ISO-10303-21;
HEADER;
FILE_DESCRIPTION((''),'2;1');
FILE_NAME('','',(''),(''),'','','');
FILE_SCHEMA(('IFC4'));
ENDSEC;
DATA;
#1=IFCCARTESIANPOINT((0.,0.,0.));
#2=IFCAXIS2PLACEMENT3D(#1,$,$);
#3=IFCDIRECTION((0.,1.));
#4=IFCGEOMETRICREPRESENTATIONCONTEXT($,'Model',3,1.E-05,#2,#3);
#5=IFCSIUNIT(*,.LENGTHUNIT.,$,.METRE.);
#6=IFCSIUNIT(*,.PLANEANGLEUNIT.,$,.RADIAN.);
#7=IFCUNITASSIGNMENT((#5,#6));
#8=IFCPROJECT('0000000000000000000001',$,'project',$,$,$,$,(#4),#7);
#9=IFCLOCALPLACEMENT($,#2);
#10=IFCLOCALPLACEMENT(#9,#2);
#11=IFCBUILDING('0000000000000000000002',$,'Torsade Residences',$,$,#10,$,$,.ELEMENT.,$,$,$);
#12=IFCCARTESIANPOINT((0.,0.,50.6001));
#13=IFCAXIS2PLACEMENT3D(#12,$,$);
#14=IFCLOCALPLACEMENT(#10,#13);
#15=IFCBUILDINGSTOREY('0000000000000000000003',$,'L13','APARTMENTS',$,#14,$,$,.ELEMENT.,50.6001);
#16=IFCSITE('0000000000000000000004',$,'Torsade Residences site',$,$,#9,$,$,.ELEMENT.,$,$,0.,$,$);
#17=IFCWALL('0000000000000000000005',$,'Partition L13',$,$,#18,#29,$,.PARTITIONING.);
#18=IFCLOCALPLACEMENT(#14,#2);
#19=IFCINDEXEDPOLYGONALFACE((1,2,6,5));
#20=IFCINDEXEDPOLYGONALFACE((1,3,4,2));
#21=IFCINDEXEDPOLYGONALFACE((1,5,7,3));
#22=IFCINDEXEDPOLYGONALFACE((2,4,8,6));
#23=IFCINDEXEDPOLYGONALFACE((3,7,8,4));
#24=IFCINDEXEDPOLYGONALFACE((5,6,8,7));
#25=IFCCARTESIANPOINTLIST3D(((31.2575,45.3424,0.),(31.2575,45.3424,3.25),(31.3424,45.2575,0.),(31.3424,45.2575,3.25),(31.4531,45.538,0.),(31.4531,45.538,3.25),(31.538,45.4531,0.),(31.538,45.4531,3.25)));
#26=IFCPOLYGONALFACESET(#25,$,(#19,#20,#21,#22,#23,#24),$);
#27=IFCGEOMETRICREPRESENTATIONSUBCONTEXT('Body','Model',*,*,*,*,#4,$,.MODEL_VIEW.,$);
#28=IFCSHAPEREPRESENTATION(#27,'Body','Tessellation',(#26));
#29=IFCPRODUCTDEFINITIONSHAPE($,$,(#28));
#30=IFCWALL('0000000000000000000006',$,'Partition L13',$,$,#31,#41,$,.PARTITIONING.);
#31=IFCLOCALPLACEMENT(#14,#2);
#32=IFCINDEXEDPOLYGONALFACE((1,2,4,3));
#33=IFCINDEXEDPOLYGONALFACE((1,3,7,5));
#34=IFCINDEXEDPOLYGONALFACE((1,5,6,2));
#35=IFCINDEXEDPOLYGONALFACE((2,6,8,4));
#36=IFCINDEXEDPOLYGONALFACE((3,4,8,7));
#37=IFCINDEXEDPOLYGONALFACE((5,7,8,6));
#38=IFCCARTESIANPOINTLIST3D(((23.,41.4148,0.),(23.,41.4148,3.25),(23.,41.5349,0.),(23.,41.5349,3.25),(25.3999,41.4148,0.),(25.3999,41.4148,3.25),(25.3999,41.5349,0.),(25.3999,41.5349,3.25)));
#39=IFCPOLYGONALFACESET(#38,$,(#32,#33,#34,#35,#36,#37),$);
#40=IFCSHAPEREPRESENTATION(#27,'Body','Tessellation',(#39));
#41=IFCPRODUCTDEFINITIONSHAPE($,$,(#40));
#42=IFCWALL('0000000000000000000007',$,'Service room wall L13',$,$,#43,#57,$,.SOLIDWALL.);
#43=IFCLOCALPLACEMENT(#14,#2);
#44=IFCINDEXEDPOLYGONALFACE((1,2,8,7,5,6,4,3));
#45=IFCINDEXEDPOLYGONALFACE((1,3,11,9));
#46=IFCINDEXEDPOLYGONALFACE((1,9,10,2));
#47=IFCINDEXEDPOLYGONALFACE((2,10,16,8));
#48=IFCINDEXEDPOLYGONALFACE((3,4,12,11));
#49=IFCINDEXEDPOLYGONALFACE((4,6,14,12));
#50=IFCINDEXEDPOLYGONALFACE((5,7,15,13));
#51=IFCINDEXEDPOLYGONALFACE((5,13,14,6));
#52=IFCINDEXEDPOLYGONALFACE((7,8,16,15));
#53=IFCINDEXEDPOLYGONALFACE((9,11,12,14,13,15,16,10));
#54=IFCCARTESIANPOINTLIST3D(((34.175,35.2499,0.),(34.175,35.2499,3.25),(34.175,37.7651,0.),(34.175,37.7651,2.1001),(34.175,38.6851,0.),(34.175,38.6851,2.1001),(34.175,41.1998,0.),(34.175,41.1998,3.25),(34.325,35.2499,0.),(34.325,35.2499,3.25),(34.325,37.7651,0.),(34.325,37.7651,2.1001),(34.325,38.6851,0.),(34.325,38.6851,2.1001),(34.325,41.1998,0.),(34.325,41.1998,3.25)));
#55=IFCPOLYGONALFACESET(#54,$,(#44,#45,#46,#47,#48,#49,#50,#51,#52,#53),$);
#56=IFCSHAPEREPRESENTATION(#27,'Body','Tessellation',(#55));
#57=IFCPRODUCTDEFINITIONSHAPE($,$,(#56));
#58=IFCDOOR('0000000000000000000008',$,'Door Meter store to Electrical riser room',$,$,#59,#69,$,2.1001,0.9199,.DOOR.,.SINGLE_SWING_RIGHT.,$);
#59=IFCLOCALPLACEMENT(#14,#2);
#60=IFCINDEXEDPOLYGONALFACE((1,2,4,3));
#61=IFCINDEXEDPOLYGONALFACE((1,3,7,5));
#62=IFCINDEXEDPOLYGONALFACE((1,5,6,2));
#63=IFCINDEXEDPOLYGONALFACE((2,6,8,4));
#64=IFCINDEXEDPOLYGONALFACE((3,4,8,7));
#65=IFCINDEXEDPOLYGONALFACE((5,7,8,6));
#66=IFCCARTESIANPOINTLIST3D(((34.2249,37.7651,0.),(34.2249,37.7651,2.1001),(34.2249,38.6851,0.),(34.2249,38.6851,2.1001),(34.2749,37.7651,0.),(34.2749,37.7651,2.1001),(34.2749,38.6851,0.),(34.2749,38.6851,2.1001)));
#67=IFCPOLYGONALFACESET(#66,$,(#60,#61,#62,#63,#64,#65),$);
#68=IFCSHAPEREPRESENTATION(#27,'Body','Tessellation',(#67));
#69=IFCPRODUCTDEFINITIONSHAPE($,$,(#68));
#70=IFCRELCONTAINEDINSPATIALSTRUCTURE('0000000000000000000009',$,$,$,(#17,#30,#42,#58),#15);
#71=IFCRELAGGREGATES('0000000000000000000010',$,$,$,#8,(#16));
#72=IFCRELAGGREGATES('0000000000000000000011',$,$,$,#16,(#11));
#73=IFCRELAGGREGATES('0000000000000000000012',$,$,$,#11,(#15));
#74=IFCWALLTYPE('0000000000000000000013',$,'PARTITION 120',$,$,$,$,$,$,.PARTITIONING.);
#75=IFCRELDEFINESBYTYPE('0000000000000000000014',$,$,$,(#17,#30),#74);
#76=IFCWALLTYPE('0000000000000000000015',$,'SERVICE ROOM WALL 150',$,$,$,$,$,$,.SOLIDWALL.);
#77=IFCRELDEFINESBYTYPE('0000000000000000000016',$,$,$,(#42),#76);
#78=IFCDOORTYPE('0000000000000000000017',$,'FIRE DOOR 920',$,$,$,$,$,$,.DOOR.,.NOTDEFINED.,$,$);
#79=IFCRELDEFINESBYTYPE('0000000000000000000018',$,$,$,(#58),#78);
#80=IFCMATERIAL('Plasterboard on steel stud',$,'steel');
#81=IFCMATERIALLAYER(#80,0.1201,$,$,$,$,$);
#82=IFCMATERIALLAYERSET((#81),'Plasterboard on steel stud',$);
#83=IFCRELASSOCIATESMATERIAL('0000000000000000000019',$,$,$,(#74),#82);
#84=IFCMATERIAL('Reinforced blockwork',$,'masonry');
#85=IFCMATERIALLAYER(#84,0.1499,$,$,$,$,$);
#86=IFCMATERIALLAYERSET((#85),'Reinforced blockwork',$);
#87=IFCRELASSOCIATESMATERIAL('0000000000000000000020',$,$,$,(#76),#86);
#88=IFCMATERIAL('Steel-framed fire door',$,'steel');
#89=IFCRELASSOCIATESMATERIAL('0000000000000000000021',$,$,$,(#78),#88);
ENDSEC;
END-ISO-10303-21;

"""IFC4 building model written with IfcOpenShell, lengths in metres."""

from ifc_helpers import new_model, si_unit, direction, frame, frame_2d, origin, place, context, subcontext, project, spatial, rectangle, extrude, material, layer, layer_set, type_object, element, fill, save


model = new_model("IFC4")

# Units and contexts
model_context = context("Model", 3, precision=1e-05, world=origin(), true_north=direction((0.0, 1.0)))
body_context = subcontext(model_context, "Body", "Model", "MODEL_VIEW")
ifc_project = project(units=[si_unit("LENGTHUNIT", "METRE"), si_unit("PLANEANGLEUNIT", "RADIAN")], contexts=[model_context])

# Site, building, storey
site_placement = place(None, origin())
site = spatial("IfcSite", under=ifc_project, at=site_placement, Name="Torsade Residences site", CompositionType="ELEMENT", RefElevation=0.0)
building_placement = place(site_placement, origin())
building = spatial("IfcBuilding", under=site, at=building_placement, Name="Torsade Residences", CompositionType="ELEMENT")
storey_placement = place(building_placement, frame((0.0, 0.0, 50.6001)))
storey = spatial("IfcBuildingStorey", under=building, at=storey_placement, Name="L13", Description="APARTMENTS", CompositionType="ELEMENT", Elevation=50.6001)

# Shared definitions
ifc_material_1 = material(Name="Plasterboard on steel stud", Category="steel")
ifc_layer_1 = layer(ifc_material_1, 0.1201)
ifc_layer_set_1 = layer_set([ifc_layer_1], Name="Plasterboard on steel stud")
wall_type_1 = type_object("IfcWallType", Name="PARTITION 120", PredefinedType="PARTITIONING", material=ifc_layer_set_1)

# Walls
wall_1_placement = place(storey_placement, frame((31.3, 45.3, 0.0), z_axis=(0.0, 0.0, 1.0), x_axis=(0.707107, 0.707107, 0.0)))
element("IfcWall", 1, at=wall_1_placement, inside=storey, type_object=wall_type_1, Name="Partition L13", PredefinedType="PARTITIONING", context=body_context, shape_type="SweptSolid", body=[
    extrude(rectangle(XDim=0.2766, YDim=0.1201, at=frame_2d((0.1382, 0.0))), origin(), (0.0, 0.0, 1.0), 3.25),
])
wall_2_placement = place(storey_placement, frame((25.3999, 41.4749, 0.0), z_axis=(0.0, 0.0, 1.0), x_axis=(-1.0, 0.0, 0.0)))
element("IfcWall", 2, at=wall_2_placement, inside=storey, type_object=wall_type_1, Name="Partition L13", PredefinedType="PARTITIONING", context=body_context, shape_type="SweptSolid", body=[
    extrude(rectangle(XDim=2.3999, YDim=0.1201, at=frame_2d((1.2, 0.0))), origin(), (0.0, 0.0, 1.0), 3.25),
])

# Wall, opening, door
ifc_material_2 = material(Name="Reinforced blockwork", Category="masonry")
ifc_layer_2 = layer(ifc_material_2, 0.1499)
ifc_layer_set_2 = layer_set([ifc_layer_2], Name="Reinforced blockwork")
wall_type_2 = type_object("IfcWallType", Name="SERVICE ROOM WALL 150", PredefinedType="SOLIDWALL", material=ifc_layer_set_2)
wall_3_placement = place(storey_placement, frame((34.25, 41.2, 0.0), z_axis=(0.0, 0.0, 1.0), x_axis=(0.0, -1.0, 0.0)))
wall_3 = element("IfcWall", 3, at=wall_3_placement, inside=storey, type_object=wall_type_2, Name="Service room wall L13", PredefinedType="SOLIDWALL", context=body_context, shape_type="SweptSolid", body=[
    extrude(rectangle(XDim=5.95, YDim=0.1499, at=frame_2d((2.9751, 0.0))), origin(), (0.0, 0.0, 1.0), 3.25),
])
opening_1_placement = place(wall_3_placement, frame((2.5149, 0.0, 0.0)))
opening_1 = element("IfcOpeningElement", 4, at=opening_1_placement, cuts=wall_3, PredefinedType="OPENING", context=body_context, shape_type="SweptSolid", body=[
    extrude(rectangle(XDim=0.9199, YDim=2.1001, at=frame_2d((0.46, 1.05))), frame((0.0, 0.085, 0.0), z_axis=(0.0, -1.0, 0.0), x_axis=(1.0, 0.0, 0.0)), (0.0, 0.0, 1.0), 0.1699),
])
ifc_material_3 = material(Name="Steel-framed fire door", Category="steel")
door_type_1 = type_object("IfcDoorType", Name="FIRE DOOR 920", OperationType="NOTDEFINED", PredefinedType="DOOR", material=ifc_material_3)
door_1_placement = place(opening_1_placement, origin())
door_1 = element("IfcDoor", 5, at=door_1_placement, inside=storey, type_object=door_type_1, Name="Door Meter store to Electrical riser room", OperationType="SINGLE_SWING_RIGHT", OverallHeight=2.1001, OverallWidth=0.9199, PredefinedType="DOOR", context=body_context, shape_type="SweptSolid", body=[
    extrude(rectangle(XDim=0.9199, YDim=2.1001, at=frame_2d((0.46, 1.05))), frame((0.0, 0.0249, 0.0), z_axis=(0.0, -1.0, 0.0), x_axis=(1.0, 0.0, 0.0)), (0.0, 0.0, 1.0), 0.05),
])
fill(opening_1, door_1)

save(model, "model.ifc")
